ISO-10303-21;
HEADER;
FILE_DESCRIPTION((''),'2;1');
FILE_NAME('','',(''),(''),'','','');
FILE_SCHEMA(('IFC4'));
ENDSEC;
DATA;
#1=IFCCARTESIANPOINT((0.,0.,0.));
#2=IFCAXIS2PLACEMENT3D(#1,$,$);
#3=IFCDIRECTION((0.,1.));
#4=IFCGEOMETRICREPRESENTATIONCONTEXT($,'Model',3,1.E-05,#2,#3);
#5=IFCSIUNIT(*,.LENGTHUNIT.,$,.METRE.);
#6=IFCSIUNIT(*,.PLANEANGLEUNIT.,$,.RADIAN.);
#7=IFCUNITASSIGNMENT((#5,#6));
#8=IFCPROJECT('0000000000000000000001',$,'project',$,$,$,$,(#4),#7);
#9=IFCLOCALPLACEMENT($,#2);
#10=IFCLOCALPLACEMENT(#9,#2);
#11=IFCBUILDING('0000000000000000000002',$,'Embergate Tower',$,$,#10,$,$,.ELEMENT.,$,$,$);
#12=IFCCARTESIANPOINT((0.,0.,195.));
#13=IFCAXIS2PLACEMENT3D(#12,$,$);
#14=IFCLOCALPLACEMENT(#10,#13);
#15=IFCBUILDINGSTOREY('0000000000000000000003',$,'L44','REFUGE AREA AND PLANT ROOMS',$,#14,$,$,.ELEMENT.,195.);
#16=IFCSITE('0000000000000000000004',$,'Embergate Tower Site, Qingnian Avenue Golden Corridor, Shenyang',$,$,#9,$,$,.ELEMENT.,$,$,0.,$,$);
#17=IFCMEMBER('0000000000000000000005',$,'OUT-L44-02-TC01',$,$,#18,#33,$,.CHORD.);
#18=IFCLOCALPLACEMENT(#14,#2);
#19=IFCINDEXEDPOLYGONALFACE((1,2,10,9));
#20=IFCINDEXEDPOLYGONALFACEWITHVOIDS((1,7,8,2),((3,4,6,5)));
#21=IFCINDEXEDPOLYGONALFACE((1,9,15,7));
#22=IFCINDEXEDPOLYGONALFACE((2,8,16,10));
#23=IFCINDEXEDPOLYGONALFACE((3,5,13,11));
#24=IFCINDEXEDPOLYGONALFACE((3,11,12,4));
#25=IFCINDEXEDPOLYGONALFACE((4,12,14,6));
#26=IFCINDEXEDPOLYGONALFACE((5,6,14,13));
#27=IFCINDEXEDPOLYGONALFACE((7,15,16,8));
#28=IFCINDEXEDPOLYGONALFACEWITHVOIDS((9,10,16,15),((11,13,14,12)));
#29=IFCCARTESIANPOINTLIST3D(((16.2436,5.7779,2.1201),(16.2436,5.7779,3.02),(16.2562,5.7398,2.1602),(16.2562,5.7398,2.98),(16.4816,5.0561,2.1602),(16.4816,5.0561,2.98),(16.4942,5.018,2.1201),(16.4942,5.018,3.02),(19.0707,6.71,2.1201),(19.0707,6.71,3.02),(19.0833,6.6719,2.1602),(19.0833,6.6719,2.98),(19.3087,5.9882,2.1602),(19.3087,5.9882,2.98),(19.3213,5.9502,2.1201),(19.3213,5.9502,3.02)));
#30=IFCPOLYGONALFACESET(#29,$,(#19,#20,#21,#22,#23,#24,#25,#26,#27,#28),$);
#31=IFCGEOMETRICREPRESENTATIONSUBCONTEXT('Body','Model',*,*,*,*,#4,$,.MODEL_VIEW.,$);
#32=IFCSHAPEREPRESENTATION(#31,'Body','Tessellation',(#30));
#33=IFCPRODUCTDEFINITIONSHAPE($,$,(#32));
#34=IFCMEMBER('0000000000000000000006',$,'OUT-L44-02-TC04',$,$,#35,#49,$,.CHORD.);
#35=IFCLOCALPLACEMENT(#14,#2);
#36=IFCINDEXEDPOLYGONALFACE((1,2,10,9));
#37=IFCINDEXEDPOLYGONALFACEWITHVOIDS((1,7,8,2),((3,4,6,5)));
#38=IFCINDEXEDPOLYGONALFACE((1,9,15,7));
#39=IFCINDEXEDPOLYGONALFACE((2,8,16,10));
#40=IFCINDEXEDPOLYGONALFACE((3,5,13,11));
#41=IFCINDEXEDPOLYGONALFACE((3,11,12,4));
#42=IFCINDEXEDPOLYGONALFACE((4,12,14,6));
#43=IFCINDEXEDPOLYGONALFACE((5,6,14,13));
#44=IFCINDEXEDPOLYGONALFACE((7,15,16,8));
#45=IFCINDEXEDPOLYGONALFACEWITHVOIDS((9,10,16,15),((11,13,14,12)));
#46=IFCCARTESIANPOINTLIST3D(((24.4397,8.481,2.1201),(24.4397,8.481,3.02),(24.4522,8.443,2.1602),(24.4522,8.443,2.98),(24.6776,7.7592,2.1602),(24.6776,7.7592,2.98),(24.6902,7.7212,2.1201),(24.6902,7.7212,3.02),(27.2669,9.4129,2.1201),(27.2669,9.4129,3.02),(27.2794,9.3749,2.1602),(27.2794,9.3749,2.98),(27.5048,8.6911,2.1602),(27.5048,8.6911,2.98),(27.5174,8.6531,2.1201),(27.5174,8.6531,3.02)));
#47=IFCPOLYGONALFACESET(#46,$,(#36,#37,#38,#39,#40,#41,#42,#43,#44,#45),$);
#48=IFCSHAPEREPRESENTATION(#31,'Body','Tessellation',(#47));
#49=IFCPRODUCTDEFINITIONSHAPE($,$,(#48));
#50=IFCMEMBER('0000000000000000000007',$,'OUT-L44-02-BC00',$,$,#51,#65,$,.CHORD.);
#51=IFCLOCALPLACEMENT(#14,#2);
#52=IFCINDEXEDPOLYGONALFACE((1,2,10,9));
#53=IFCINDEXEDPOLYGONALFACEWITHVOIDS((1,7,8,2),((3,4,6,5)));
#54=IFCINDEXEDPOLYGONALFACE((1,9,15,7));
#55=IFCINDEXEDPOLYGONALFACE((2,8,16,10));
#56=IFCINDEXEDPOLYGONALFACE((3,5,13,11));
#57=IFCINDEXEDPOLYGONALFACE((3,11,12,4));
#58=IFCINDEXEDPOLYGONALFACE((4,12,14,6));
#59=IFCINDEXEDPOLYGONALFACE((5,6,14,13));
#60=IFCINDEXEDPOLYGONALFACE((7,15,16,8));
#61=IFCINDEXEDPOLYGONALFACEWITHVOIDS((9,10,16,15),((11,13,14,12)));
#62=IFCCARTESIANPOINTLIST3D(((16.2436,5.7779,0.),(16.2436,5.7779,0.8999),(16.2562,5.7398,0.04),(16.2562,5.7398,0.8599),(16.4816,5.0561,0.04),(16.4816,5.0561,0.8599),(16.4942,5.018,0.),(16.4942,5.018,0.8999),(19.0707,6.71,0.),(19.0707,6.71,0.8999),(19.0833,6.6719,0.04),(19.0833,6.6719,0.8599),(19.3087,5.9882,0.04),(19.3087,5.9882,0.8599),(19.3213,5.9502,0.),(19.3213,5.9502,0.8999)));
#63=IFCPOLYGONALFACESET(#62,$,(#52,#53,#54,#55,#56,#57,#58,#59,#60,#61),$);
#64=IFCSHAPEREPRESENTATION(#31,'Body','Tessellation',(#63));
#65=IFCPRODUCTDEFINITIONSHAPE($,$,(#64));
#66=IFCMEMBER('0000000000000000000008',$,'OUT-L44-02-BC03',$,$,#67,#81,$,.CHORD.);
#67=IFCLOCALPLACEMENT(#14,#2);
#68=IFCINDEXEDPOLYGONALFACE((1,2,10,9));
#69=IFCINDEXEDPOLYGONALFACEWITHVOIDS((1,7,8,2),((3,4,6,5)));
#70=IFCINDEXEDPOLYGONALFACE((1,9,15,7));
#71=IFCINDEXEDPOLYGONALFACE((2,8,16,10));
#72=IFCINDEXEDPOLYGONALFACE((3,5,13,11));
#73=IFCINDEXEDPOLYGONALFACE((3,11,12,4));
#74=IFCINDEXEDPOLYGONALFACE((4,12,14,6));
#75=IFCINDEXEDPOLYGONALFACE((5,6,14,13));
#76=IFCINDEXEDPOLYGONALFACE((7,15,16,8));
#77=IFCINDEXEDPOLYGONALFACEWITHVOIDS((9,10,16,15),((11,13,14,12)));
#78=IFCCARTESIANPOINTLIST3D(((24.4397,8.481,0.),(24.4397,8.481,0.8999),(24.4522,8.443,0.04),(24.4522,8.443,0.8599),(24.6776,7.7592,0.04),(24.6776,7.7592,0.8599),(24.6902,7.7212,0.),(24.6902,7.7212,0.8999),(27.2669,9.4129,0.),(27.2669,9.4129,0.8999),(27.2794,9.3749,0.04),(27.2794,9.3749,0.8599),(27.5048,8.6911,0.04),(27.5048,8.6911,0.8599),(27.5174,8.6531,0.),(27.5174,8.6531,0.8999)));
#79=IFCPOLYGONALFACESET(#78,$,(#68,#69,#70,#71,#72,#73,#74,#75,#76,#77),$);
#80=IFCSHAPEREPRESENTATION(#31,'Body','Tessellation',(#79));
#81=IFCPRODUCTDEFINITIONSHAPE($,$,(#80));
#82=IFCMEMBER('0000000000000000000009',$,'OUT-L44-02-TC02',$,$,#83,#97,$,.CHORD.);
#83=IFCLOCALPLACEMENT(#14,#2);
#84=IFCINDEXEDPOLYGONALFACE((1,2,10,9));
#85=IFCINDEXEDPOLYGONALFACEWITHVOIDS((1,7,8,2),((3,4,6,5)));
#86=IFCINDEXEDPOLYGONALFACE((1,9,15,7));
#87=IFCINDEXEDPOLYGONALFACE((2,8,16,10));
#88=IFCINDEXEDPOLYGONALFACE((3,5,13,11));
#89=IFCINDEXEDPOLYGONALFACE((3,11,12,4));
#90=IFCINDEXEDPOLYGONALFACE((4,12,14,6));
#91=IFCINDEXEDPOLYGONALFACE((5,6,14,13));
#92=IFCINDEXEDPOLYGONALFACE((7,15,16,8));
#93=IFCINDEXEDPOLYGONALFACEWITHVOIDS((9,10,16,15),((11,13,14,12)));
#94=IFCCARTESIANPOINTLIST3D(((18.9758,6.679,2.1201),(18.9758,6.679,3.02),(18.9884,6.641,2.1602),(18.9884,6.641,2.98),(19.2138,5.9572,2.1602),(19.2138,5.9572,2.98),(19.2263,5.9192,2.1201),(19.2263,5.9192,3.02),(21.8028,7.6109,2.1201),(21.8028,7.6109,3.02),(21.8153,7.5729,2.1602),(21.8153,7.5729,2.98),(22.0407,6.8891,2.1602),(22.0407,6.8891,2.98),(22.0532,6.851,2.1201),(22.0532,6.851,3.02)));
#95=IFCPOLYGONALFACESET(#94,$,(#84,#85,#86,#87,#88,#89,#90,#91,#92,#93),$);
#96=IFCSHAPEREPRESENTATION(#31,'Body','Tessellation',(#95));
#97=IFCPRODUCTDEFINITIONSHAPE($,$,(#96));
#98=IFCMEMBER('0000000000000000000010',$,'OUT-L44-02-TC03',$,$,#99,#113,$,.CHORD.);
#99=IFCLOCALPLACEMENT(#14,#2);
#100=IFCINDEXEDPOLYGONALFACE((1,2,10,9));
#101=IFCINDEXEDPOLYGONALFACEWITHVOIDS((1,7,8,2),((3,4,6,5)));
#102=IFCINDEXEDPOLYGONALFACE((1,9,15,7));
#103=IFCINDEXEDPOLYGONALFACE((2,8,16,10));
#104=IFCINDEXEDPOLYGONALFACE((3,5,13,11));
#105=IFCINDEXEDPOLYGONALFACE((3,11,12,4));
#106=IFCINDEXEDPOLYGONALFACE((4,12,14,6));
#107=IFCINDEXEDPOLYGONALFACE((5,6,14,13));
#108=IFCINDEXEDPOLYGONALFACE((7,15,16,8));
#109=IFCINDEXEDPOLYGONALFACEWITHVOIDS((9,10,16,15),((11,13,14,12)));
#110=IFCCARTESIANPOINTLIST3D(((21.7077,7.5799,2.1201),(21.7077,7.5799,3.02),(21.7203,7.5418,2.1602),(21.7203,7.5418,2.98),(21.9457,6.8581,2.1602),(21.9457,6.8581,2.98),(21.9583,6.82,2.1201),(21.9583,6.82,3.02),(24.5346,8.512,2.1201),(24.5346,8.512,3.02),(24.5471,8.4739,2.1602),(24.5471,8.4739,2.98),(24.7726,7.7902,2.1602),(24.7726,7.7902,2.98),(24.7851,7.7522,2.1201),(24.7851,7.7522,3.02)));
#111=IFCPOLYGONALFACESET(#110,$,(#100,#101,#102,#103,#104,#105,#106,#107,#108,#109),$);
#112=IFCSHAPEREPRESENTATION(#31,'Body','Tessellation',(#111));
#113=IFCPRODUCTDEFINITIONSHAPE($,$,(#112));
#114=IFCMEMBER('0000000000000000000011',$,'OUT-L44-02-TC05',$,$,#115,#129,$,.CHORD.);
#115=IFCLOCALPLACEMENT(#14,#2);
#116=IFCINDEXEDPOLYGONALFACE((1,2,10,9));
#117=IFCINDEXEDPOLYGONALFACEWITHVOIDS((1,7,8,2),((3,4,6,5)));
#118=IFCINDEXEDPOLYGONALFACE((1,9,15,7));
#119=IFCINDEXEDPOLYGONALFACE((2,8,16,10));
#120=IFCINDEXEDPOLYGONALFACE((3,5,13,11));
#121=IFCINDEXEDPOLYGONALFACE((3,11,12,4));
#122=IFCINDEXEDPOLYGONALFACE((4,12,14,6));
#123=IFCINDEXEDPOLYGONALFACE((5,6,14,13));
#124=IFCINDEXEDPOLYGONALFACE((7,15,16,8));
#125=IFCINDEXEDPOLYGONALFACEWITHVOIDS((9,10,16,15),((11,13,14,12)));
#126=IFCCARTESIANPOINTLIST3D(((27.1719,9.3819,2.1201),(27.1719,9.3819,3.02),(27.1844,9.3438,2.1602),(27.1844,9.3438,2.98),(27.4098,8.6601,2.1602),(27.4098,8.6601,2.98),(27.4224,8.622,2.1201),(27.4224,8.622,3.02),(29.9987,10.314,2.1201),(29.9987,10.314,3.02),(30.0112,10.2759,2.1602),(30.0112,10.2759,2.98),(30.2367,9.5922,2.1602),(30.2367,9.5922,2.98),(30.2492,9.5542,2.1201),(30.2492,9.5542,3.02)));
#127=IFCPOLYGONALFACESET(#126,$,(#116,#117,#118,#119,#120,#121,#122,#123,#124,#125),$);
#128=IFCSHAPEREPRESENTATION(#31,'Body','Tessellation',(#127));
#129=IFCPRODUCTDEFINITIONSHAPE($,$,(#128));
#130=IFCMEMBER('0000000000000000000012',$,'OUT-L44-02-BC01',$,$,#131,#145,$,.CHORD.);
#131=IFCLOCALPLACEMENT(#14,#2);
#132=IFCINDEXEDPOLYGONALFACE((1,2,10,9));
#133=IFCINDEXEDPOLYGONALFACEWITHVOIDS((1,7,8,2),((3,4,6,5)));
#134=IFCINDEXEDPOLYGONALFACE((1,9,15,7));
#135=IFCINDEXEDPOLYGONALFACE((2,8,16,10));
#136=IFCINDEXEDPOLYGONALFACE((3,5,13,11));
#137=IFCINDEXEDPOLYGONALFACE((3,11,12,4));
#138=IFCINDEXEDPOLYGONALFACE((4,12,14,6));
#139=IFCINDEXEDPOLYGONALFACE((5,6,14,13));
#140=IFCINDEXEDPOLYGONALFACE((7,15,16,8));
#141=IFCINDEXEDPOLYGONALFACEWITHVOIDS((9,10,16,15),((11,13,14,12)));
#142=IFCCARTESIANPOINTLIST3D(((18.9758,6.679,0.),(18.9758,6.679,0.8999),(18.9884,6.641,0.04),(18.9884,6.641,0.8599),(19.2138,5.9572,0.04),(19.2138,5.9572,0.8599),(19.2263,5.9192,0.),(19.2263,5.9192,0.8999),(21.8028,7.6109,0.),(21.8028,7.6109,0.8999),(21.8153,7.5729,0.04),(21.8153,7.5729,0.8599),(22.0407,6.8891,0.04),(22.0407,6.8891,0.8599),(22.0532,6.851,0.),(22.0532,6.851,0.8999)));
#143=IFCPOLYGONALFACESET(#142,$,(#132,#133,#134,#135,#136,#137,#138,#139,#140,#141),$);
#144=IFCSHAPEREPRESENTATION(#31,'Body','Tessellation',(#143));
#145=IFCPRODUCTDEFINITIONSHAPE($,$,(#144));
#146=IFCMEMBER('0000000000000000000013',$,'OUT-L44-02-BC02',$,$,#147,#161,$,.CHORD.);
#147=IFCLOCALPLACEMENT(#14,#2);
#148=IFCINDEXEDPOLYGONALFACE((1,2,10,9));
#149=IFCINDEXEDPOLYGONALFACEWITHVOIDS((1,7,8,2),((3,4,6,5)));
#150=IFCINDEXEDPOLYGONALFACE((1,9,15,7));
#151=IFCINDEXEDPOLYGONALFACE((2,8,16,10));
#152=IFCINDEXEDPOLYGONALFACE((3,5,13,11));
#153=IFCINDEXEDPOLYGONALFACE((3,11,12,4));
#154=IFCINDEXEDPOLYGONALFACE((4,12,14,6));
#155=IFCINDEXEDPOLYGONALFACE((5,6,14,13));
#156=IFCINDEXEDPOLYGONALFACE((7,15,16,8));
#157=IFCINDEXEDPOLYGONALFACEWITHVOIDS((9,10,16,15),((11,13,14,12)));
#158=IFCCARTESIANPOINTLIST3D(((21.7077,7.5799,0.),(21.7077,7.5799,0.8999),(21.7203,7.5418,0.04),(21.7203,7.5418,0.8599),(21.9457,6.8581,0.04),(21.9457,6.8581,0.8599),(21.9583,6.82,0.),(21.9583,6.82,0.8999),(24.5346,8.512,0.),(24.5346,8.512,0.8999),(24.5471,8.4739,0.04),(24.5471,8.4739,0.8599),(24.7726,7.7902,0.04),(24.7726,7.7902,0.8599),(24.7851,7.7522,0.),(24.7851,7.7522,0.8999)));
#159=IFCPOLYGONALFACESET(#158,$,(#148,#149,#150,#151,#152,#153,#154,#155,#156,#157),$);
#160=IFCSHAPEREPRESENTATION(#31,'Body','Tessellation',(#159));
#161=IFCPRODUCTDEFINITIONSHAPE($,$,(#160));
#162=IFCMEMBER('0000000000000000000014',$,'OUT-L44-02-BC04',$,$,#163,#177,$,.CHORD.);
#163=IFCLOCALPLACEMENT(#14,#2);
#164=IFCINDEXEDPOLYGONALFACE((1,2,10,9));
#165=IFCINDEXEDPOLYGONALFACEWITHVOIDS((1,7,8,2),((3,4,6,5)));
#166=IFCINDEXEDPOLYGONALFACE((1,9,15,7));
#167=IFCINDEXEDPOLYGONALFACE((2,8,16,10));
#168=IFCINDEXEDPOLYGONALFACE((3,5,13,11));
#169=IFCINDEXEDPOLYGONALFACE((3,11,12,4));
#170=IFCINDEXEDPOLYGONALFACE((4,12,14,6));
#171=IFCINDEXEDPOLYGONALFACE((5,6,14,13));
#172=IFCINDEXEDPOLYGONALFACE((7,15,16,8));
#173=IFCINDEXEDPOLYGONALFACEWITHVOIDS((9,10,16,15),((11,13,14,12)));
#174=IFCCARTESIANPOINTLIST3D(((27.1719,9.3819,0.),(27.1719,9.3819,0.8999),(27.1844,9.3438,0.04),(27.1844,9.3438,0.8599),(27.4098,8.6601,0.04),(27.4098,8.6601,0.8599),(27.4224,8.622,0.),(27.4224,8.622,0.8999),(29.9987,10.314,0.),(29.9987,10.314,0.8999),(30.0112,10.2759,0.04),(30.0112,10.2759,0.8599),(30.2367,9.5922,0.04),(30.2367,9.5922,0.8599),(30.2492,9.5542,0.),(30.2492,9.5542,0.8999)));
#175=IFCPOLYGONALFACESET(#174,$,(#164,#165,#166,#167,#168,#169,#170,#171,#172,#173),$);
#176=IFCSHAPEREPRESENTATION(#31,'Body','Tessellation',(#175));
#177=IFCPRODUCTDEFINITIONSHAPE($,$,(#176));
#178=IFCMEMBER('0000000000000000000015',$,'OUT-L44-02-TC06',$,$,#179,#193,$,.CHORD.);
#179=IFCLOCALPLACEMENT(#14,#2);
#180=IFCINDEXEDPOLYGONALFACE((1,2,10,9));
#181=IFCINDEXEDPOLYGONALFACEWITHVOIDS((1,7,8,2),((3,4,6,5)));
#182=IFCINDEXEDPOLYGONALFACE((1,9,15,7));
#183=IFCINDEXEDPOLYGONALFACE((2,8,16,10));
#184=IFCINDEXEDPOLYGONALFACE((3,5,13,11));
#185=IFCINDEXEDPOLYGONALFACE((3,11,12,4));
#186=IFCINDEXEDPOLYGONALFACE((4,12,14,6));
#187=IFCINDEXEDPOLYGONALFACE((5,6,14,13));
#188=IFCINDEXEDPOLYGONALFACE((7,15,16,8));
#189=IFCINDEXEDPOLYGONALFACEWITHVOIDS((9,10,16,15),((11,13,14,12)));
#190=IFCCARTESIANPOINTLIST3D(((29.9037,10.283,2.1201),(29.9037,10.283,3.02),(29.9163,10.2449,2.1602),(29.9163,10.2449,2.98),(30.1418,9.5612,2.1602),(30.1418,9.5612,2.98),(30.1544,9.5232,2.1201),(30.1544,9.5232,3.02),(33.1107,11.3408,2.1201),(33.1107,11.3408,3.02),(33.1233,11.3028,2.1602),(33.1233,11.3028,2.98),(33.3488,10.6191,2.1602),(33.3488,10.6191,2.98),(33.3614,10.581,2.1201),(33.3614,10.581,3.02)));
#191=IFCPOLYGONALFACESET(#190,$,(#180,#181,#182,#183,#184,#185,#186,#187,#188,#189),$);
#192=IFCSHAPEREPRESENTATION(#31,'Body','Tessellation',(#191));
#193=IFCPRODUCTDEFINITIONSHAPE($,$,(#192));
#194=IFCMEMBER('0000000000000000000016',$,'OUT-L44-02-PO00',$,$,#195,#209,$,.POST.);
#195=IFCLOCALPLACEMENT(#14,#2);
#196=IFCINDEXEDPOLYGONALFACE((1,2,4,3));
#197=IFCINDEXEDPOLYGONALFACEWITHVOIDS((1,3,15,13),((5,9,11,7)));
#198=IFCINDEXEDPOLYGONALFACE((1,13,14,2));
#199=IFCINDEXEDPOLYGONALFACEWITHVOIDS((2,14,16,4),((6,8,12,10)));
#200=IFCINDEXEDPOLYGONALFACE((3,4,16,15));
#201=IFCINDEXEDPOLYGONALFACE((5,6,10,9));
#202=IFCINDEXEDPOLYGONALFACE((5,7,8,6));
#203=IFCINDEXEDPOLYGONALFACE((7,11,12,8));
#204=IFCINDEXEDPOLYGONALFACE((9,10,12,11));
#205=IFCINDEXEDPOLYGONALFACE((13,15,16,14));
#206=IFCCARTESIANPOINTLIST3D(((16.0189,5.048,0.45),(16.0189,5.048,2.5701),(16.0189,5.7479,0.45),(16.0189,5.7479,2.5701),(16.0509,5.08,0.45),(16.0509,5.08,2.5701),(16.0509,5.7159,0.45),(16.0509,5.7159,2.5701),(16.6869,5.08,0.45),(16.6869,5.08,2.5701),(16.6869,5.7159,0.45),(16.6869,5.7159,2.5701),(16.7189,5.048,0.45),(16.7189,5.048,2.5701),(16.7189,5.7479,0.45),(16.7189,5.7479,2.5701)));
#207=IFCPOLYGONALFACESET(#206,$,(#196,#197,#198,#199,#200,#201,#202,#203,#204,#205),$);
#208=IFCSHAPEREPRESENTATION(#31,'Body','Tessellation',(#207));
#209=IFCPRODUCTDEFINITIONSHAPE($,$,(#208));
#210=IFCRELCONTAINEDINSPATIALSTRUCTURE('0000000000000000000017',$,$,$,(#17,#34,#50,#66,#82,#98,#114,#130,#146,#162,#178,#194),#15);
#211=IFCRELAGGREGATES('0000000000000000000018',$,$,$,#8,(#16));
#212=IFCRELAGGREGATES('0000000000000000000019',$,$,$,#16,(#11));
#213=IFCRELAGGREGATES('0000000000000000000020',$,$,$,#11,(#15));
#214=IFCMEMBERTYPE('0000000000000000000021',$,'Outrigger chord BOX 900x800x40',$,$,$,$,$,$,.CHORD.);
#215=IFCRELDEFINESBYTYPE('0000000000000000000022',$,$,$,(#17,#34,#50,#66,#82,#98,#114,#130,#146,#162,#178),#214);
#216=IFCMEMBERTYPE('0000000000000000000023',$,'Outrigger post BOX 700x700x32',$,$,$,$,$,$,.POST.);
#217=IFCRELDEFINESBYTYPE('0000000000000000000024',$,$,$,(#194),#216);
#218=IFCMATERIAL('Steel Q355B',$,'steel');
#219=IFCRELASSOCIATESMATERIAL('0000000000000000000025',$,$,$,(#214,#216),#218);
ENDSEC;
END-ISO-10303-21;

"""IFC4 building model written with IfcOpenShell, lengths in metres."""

from ifc_helpers import new_model, si_unit, direction, frame, origin, origin_2d, place, context, subcontext, project, spatial, hollow_rectangle, extrude, source, transform, mapped, material, material_profile, profile_set, type_object, element, save


model = new_model("IFC4")

# Units and contexts
model_context = context("Model", 3, precision=1e-05, world=origin(), true_north=direction((0.0, 1.0)))
body_context = subcontext(model_context, "Body", "Model", "MODEL_VIEW")
ifc_project = project(units=[si_unit("LENGTHUNIT", "METRE"), si_unit("PLANEANGLEUNIT", "RADIAN")], contexts=[model_context])

# Site, building, storey
site_placement = place(None, origin())
site = spatial("IfcSite", under=ifc_project, at=site_placement, Name="Embergate Tower Site, Qingnian Avenue Golden Corridor, Shenyang", CompositionType="ELEMENT", RefElevation=0.0)
building_placement = place(site_placement, origin())
building = spatial("IfcBuilding", under=site, at=building_placement, Name="Embergate Tower", CompositionType="ELEMENT")
storey_placement = place(building_placement, frame((0.0, 0.0, 195.0)))
storey = spatial("IfcBuildingStorey", under=building, at=storey_placement, Name="L44", Description="REFUGE AREA AND PLANT ROOMS", CompositionType="ELEMENT", Elevation=195.0)

# Members
ifc_material = material(Name="Steel Q355B", Category="steel")
ifc_material_profile_1 = material_profile(ifc_material, hollow_rectangle(XDim=0.8, YDim=0.8999, WallThickness=0.04, at=origin_2d()), Name="BOX 900x800x40")
ifc_profile_set_1 = profile_set([ifc_material_profile_1], Name="Steel Q355 grade B")
member_type_1 = type_object("IfcMemberType", Name="Outrigger chord BOX 900x800x40", PredefinedType="CHORD", material=ifc_profile_set_1)
shared_shape_1 = source(origin(), body_context, "Body", "SweptSolid", [
    extrude(hollow_rectangle(XDim=0.8, YDim=0.8999, WallThickness=0.04, at=origin_2d()), origin(), (0.0, 0.0, 1.0), 2.9768),
])
for number, where, z_axis, x_axis, name in (
    (1, (16.3689, 5.3979, 2.5701), (0.949712, 0.313126, 0.0), (-0.313126, 0.949712, 0.0), "OUT-L44-02-TC01"),
    (2, (24.5649, 8.1011, 2.5701), (0.949736, 0.313052, 0.0), (-0.313052, 0.949736, 0.0), "OUT-L44-02-TC04"),
    (3, (16.3689, 5.3979, 0.45), (0.949712, 0.313126, 0.0), (-0.313126, 0.949712, 0.0), "OUT-L44-02-BC00"),
    (4, (24.5649, 8.1011, 0.45), (0.949736, 0.313052, 0.0), (-0.313052, 0.949736, 0.0), "OUT-L44-02-BC03"),
):
    element("IfcMember", number, at=place(storey_placement, frame(where, z_axis=z_axis, x_axis=x_axis)), inside=storey, type_object=member_type_1, Name=name, PredefinedType="CHORD", context=body_context, shape_type="MappedRepresentation", body=[
        mapped(shared_shape_1, transform((0.0, 0.0, 0.0))),
    ])
shared_shape_2 = source(origin(), body_context, "Body", "SweptSolid", [
    extrude(hollow_rectangle(XDim=0.8, YDim=0.8999, WallThickness=0.04, at=origin_2d()), origin(), (0.0, 0.0, 1.0), 2.9766),
])
for number, where, z_axis, x_axis, name in (
    (5, (19.1011, 6.2991, 2.5701), (0.949728, 0.313076, 0.0), (-0.313076, 0.949728, 0.0), "OUT-L44-02-TC02"),
    (6, (21.833, 7.2, 2.5701), (0.949704, 0.31315, 0.0), (-0.31315, 0.949704, 0.0), "OUT-L44-02-TC03"),
    (7, (27.2971, 9.002, 2.5701), (0.949704, 0.31315, 0.0), (-0.31315, 0.949704, 0.0), "OUT-L44-02-TC05"),
    (8, (19.1011, 6.2991, 0.45), (0.949728, 0.313076, 0.0), (-0.313076, 0.949728, 0.0), "OUT-L44-02-BC01"),
    (9, (21.833, 7.2, 0.45), (0.949704, 0.31315, 0.0), (-0.31315, 0.949704, 0.0), "OUT-L44-02-BC02"),
    (10, (27.2971, 9.002, 0.45), (0.949704, 0.31315, 0.0), (-0.31315, 0.949704, 0.0), "OUT-L44-02-BC04"),
):
    element("IfcMember", number, at=place(storey_placement, frame(where, z_axis=z_axis, x_axis=x_axis)), inside=storey, type_object=member_type_1, Name=name, PredefinedType="CHORD", context=body_context, shape_type="MappedRepresentation", body=[
        mapped(shared_shape_2, transform((0.0, 0.0, 0.0))),
    ])
shared_shape_3 = source(origin(), body_context, "Body", "SweptSolid", [
    extrude(hollow_rectangle(XDim=0.8, YDim=0.8999, WallThickness=0.04, at=origin_2d()), origin(), (0.0, 0.0, 1.0), 3.377),
])
member_1_placement = place(storey_placement, frame((30.0291, 9.9031, 2.5701), z_axis=(0.949669, 0.313255, 0.0), x_axis=(-0.313255, 0.949669, 0.0)))
element("IfcMember", 11, at=member_1_placement, inside=storey, type_object=member_type_1, Name="OUT-L44-02-TC06", PredefinedType="CHORD", context=body_context, shape_type="MappedRepresentation", body=[
    mapped(shared_shape_3, transform((0.0, 0.0, 0.0))),
])
ifc_material_profile_2 = material_profile(ifc_material, hollow_rectangle(XDim=0.7, YDim=0.7, WallThickness=0.032, at=origin_2d()), Name="BOX 700x700x32")
ifc_profile_set_2 = profile_set([ifc_material_profile_2], Name="Steel Q355 grade B")
member_type_2 = type_object("IfcMemberType", Name="Outrigger post BOX 700x700x32", PredefinedType="POST", material=ifc_profile_set_2)
shared_shape_4 = source(origin(), body_context, "Body", "SweptSolid", [
    extrude(hollow_rectangle(XDim=0.7, YDim=0.7, WallThickness=0.032, at=origin_2d()), origin(), (0.0, 0.0, 1.0), 2.1201),
])
member_2_placement = place(storey_placement, frame((16.3689, 5.3979, 0.45), z_axis=(0.0, 0.0, 1.0), x_axis=(1.0, 0.0, 0.0)))
element("IfcMember", 12, at=member_2_placement, inside=storey, type_object=member_type_2, Name="OUT-L44-02-PO00", PredefinedType="POST", context=body_context, shape_type="MappedRepresentation", body=[
    mapped(shared_shape_4, transform((0.0, 0.0, 0.0))),
])

save(model, "model.ifc")
